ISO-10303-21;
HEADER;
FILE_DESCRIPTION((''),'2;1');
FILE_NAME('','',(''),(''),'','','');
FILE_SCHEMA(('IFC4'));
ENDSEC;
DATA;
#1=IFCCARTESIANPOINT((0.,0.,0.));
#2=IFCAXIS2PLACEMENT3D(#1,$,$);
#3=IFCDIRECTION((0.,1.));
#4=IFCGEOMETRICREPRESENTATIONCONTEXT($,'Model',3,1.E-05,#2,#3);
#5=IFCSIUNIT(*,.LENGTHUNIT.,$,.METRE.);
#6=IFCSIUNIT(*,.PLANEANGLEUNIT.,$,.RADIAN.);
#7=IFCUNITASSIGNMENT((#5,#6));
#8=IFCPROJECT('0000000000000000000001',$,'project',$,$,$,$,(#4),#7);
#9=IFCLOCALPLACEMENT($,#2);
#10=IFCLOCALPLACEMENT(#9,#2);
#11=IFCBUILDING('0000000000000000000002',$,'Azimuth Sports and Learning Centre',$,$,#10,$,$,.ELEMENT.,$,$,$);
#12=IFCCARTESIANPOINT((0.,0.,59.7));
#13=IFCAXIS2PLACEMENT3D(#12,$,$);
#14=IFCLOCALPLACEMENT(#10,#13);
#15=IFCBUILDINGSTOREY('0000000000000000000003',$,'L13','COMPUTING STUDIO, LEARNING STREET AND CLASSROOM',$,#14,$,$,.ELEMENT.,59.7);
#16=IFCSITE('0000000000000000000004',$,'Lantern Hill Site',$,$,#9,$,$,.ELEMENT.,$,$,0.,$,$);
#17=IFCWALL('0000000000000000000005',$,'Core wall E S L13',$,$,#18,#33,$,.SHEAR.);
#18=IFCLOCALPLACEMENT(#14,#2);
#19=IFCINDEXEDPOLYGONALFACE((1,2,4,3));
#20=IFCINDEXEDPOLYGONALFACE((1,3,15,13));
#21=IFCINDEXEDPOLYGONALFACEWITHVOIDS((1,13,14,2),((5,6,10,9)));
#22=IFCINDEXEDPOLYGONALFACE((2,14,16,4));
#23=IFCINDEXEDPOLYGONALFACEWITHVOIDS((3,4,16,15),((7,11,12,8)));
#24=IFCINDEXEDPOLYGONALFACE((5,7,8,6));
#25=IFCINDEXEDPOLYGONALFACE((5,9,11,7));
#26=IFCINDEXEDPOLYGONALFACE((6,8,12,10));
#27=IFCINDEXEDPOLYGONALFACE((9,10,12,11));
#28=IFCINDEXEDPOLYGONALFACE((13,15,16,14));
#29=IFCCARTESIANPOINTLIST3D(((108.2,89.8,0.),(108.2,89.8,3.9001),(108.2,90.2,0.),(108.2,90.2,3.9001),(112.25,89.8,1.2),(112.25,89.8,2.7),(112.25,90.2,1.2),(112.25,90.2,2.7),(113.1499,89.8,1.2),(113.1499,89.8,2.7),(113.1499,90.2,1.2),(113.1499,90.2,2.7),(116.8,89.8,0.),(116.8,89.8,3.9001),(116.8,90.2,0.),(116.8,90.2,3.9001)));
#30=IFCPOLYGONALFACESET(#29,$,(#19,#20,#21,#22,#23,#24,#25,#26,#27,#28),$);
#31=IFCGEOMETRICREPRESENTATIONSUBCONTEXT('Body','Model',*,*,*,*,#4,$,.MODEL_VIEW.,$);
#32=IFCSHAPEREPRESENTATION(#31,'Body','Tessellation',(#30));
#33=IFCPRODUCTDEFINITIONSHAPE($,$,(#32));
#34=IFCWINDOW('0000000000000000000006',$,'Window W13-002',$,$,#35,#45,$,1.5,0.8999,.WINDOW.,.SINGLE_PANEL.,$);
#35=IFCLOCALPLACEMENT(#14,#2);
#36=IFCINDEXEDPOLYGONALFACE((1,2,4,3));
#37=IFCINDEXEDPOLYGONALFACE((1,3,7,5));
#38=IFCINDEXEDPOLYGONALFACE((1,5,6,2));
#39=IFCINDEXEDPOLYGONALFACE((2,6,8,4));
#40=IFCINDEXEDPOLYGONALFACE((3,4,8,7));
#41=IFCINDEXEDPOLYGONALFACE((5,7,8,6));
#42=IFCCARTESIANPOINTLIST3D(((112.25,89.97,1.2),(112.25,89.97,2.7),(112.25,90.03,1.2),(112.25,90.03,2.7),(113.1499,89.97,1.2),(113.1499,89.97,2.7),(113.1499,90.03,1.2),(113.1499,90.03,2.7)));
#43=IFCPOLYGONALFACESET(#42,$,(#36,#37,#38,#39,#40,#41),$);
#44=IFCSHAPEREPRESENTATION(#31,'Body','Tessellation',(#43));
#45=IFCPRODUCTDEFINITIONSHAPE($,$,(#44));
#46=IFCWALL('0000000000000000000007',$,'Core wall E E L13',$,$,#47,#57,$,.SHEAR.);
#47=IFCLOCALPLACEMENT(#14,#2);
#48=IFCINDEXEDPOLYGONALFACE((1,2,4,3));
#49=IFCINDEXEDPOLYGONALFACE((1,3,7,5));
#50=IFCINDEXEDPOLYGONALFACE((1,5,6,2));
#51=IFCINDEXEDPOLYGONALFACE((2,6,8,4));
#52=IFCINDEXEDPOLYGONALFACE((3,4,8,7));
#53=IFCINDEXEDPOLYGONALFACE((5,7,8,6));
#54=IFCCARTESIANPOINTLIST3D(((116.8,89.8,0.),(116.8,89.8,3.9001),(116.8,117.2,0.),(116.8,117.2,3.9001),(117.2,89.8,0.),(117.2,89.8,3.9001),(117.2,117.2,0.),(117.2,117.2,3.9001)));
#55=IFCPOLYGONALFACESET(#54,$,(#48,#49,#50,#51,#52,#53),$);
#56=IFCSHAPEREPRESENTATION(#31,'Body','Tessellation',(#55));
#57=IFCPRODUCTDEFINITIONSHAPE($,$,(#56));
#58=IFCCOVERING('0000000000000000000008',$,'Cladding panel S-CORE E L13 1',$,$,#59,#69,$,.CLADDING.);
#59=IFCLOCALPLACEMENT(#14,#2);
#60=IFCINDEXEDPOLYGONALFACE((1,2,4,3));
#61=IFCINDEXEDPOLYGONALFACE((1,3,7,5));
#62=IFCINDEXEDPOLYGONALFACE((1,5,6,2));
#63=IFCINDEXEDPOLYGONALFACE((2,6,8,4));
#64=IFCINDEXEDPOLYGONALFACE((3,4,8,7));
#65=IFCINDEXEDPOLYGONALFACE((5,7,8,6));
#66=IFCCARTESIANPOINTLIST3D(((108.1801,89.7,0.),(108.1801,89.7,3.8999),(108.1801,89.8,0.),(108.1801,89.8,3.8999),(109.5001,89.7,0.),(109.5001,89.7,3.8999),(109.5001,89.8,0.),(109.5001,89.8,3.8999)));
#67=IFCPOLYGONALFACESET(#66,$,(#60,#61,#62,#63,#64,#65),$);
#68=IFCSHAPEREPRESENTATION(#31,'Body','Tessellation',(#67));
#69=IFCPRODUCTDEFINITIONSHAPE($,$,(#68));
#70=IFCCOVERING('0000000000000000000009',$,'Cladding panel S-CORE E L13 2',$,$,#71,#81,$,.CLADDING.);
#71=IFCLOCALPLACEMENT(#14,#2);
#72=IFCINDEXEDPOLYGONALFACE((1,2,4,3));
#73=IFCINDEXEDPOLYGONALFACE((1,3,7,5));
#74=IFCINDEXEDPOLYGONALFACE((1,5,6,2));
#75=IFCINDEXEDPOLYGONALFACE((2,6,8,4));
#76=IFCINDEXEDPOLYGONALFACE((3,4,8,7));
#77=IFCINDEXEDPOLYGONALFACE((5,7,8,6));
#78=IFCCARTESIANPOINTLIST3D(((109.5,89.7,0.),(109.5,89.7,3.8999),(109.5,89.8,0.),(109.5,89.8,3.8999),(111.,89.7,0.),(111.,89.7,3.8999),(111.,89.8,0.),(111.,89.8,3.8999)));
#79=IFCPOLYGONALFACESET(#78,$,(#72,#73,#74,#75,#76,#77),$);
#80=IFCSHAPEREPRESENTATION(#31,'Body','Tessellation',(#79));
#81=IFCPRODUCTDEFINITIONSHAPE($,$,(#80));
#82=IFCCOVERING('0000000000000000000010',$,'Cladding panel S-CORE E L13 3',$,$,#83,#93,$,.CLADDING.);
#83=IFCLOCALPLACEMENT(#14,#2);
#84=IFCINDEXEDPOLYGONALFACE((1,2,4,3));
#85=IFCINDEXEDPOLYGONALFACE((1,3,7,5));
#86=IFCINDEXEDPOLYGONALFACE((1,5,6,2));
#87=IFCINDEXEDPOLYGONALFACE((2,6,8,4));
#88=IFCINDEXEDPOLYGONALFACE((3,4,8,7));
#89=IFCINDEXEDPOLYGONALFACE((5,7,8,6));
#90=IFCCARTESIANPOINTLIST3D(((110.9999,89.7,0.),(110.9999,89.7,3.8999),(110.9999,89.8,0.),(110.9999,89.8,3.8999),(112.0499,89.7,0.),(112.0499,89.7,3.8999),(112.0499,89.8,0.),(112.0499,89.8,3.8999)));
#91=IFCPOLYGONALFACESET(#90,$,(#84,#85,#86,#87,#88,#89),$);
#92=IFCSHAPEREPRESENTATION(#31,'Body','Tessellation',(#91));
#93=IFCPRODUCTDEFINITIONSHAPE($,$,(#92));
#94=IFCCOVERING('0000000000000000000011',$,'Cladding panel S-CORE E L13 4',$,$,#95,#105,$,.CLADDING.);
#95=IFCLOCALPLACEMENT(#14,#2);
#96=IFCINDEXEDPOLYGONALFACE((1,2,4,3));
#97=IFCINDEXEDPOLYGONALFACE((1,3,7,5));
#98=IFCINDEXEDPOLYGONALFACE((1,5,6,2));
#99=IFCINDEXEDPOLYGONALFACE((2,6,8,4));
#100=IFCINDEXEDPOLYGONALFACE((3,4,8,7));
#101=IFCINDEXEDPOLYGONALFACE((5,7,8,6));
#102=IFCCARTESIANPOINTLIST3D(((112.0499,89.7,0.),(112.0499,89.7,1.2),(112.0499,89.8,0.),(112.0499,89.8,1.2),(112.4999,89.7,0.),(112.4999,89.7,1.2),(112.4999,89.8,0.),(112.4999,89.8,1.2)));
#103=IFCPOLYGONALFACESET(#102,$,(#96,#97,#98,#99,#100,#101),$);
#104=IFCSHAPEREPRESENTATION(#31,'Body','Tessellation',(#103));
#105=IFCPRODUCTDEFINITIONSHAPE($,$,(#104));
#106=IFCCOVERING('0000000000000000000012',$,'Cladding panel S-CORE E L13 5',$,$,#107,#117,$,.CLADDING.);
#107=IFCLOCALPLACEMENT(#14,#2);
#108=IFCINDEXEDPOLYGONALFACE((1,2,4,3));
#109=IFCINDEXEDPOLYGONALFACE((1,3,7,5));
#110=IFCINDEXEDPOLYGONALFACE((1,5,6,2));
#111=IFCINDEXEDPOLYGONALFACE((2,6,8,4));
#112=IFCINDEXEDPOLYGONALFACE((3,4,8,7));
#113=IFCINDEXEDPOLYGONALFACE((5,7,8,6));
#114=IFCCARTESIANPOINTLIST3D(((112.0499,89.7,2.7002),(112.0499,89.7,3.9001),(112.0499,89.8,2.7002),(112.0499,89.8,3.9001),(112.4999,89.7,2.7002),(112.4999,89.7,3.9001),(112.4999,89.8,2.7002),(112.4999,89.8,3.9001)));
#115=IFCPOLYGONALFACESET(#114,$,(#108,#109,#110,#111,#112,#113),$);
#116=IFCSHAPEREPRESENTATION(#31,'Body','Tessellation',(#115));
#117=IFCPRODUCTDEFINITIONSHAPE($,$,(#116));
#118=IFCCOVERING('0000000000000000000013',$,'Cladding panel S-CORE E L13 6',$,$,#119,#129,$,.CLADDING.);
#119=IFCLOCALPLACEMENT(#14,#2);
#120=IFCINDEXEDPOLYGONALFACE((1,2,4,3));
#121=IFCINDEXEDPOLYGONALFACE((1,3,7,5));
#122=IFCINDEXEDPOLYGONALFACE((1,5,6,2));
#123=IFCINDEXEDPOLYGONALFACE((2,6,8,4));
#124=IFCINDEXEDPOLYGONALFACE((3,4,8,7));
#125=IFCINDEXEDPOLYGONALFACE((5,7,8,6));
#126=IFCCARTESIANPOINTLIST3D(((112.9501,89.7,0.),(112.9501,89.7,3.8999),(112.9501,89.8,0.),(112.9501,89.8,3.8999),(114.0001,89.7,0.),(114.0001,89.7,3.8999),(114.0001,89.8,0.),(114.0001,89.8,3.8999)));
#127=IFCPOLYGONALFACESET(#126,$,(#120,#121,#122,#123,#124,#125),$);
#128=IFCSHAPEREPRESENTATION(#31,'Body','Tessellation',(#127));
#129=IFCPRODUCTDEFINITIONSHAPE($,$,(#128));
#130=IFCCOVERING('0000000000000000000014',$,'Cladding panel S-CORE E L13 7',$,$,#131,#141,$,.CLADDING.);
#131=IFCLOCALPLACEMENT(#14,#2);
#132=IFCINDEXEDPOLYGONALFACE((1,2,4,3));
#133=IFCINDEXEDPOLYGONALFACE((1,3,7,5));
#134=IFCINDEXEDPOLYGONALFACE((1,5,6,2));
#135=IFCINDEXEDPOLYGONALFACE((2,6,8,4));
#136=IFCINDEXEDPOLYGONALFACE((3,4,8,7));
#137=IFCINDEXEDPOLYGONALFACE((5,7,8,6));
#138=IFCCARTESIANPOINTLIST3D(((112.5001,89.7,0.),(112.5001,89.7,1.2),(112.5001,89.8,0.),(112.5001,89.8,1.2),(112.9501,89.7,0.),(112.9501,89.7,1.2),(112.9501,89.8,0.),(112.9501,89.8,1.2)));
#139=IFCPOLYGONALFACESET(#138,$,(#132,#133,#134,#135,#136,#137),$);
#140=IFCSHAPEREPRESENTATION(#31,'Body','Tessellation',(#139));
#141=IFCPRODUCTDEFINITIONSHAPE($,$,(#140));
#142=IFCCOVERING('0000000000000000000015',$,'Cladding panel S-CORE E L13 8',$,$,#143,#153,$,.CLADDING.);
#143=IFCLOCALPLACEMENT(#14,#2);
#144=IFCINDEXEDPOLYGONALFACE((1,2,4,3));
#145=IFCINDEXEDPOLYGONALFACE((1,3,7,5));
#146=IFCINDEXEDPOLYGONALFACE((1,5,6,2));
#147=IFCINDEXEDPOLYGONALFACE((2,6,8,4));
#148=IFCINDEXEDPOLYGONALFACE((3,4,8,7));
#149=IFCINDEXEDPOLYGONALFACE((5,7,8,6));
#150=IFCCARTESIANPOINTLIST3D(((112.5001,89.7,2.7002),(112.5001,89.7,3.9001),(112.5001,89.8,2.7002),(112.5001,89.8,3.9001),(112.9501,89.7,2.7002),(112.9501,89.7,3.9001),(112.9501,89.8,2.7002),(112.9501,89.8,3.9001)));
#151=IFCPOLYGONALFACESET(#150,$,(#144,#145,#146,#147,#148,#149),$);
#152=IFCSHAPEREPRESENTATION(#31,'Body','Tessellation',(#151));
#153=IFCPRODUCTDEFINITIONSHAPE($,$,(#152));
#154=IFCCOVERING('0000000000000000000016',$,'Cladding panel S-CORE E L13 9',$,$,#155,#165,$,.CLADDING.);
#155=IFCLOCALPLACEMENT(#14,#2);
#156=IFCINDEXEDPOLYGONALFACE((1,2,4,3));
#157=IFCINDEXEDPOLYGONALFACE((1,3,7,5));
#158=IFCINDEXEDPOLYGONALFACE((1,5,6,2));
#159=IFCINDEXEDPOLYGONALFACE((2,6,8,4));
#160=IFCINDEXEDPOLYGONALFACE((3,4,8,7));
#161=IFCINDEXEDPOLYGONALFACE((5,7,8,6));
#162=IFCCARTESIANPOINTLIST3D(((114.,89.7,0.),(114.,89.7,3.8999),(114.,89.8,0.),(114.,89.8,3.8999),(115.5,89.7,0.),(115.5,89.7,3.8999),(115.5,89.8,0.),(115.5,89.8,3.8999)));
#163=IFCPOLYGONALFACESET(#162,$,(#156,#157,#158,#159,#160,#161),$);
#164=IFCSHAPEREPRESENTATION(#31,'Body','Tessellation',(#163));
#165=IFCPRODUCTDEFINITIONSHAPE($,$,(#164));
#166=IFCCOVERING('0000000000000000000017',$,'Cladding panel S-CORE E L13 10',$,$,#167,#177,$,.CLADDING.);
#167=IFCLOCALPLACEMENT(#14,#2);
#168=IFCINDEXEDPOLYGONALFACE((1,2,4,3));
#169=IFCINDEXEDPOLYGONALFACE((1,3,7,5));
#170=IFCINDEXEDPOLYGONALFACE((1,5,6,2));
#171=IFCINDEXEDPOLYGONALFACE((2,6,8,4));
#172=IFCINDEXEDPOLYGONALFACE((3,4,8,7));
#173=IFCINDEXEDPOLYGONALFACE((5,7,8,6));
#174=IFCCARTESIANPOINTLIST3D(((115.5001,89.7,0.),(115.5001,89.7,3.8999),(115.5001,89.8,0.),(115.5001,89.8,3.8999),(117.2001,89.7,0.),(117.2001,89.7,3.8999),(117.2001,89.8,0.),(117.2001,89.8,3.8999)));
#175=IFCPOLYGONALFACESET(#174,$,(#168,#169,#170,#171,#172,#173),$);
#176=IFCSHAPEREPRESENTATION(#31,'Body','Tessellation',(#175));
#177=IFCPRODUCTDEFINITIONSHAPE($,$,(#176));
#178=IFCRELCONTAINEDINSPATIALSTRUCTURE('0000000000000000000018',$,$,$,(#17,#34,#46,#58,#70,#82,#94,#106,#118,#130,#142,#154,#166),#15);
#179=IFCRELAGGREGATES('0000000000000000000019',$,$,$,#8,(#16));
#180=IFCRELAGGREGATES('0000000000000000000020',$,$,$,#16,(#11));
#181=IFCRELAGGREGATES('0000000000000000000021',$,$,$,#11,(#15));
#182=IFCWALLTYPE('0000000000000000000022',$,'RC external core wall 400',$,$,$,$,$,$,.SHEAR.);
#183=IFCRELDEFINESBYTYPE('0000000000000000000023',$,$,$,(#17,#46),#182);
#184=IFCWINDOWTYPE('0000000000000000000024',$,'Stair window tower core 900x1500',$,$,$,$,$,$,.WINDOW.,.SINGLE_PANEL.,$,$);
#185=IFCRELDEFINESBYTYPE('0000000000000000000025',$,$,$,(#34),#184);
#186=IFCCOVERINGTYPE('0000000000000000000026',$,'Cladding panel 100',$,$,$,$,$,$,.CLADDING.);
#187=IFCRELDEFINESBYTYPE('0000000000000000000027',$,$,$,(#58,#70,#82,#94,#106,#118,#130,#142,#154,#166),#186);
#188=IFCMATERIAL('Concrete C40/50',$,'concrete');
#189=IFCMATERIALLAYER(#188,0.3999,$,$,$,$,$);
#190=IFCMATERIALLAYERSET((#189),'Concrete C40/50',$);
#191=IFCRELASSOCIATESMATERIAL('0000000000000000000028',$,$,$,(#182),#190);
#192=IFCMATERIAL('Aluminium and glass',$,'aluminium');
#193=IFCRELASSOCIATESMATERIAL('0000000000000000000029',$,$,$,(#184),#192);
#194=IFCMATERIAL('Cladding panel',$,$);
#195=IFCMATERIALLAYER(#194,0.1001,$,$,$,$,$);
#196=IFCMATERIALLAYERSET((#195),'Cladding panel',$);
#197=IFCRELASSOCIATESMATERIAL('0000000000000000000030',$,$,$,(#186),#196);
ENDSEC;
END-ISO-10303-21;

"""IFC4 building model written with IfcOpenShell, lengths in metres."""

from ifc_helpers import new_model, si_unit, direction, frame, frame_2d, origin, origin_2d, place, context, subcontext, project, spatial, rectangle, extrude, material, layer, layer_set, type_object, element, fill, save


model = new_model("IFC4")

# Units and contexts
model_context = context("Model", 3, precision=1e-05, world=origin(), true_north=direction((0.0, 1.0)))
body_context = subcontext(model_context, "Body", "Model", "MODEL_VIEW")
ifc_project = project(units=[si_unit("LENGTHUNIT", "METRE"), si_unit("PLANEANGLEUNIT", "RADIAN")], contexts=[model_context])

# Site, building, storey
site_placement = place(None, origin())
site = spatial("IfcSite", under=ifc_project, at=site_placement, Name="Lantern Hill Site", CompositionType="ELEMENT", RefElevation=0.0)
building_placement = place(site_placement, origin())
building = spatial("IfcBuilding", under=site, at=building_placement, Name="Azimuth Sports and Learning Centre", CompositionType="ELEMENT")
storey_placement = place(building_placement, frame((0.0, 0.0, 59.7)))
storey = spatial("IfcBuildingStorey", under=building, at=storey_placement, Name="L13", Description="COMPUTING STUDIO, LEARNING STREET AND CLASSROOM", CompositionType="ELEMENT", Elevation=59.7)

# Wall, opening, window
ifc_material_1 = material(Name="Concrete C40/50", Category="concrete")
ifc_layer_1 = layer(ifc_material_1, 0.3999)
ifc_layer_set_1 = layer_set([ifc_layer_1], Name="Concrete C40/50")
wall_type = type_object("IfcWallType", Name="RC external core wall 400", PredefinedType="SHEAR", material=ifc_layer_set_1)
wall_1_placement = place(storey_placement, frame((108.2, 90.0, 0.0), z_axis=(0.0, 0.0, 1.0), x_axis=(1.0, 0.0, 0.0)))
wall_1 = element("IfcWall", 1, at=wall_1_placement, inside=storey, type_object=wall_type, Name="Core wall E S L13", PredefinedType="SHEAR", context=body_context, shape_type="SweptSolid", body=[
    extrude(rectangle(XDim=8.6001, YDim=0.3999, at=frame_2d((4.3, 0.0))), origin(), (0.0, 0.0, 1.0), 3.9001),
])
opening_placement = place(wall_1_placement, frame((4.05, 0.0, 1.2)))
opening = element("IfcOpeningElement", 2, at=opening_placement, cuts=wall_1, PredefinedType="OPENING", context=body_context, shape_type="SweptSolid", body=[
    extrude(rectangle(XDim=0.8999, YDim=1.5, at=frame_2d((0.45, 0.75))), frame((0.0, 0.2109, 0.0), z_axis=(0.0, -1.0, 0.0), x_axis=(1.0, 0.0, 0.0)), (0.0, 0.0, 1.0), 0.4219),
])
ifc_material_2 = material(Name="Aluminium and glass", Category="aluminium")
window_type = type_object("IfcWindowType", Name="Stair window tower core 900x1500", PartitioningType="SINGLE_PANEL", PredefinedType="WINDOW", material=ifc_material_2)
window_placement = place(opening_placement, origin())
window = element("IfcWindow", 3, at=window_placement, inside=storey, type_object=window_type, Name="Window W13-002", OverallHeight=1.5, OverallWidth=0.8999, PartitioningType="SINGLE_PANEL", PredefinedType="WINDOW", context=body_context, shape_type="SweptSolid", body=[
    extrude(rectangle(XDim=0.8999, YDim=1.5, at=frame_2d((0.45, 0.75))), frame((0.0, 0.03, 0.0), z_axis=(0.0, -1.0, 0.0), x_axis=(1.0, 0.0, 0.0)), (0.0, 0.0, 1.0), 0.0601),
])
fill(opening, window)

# Wall
wall_2_placement = place(storey_placement, frame((117.0, 89.8, 0.0), z_axis=(0.0, 0.0, 1.0), x_axis=(0.0, 1.0, 0.0)))
element("IfcWall", 4, at=wall_2_placement, inside=storey, type_object=wall_type, Name="Core wall E E L13", PredefinedType="SHEAR", context=body_context, shape_type="SweptSolid", body=[
    extrude(rectangle(XDim=27.3999, YDim=0.3999, at=frame_2d((13.7, 0.0))), origin(), (0.0, 0.0, 1.0), 3.9001),
])

# Coverings
ifc_material_3 = material(Name="Cladding panel")
ifc_layer_2 = layer(ifc_material_3, 0.1001)
ifc_layer_set_2 = layer_set([ifc_layer_2], Name="Cladding panel")
covering_type = type_object("IfcCoveringType", Name="Cladding panel 100", PredefinedType="CLADDING", material=ifc_layer_set_2)
covering_1_placement = place(storey_placement, frame((108.8401, 89.75, 0.0), z_axis=(0.0, 0.0, 1.0), x_axis=(1.0, 0.0, 0.0)))
element("IfcCovering", 5, at=covering_1_placement, inside=storey, type_object=covering_type, Name="Cladding panel S-CORE E L13 1", PredefinedType="CLADDING", context=body_context, shape_type="SweptSolid", body=[
    extrude(rectangle(XDim=1.3201, YDim=0.1001, at=origin_2d()), origin(), (0.0, 0.0, 1.0), 3.8999),
])
covering_2_placement = place(storey_placement, frame((110.25, 89.75, 0.0), z_axis=(0.0, 0.0, 1.0), x_axis=(1.0, 0.0, 0.0)))
element("IfcCovering", 6, at=covering_2_placement, inside=storey, type_object=covering_type, Name="Cladding panel S-CORE E L13 2", PredefinedType="CLADDING", context=body_context, shape_type="SweptSolid", body=[
    extrude(rectangle(XDim=1.5, YDim=0.1001, at=origin_2d()), origin(), (0.0, 0.0, 1.0), 3.8999),
])
covering_3_placement = place(storey_placement, frame((111.5249, 89.75, 0.0), z_axis=(0.0, 0.0, 1.0), x_axis=(1.0, 0.0, 0.0)))
element("IfcCovering", 7, at=covering_3_placement, inside=storey, type_object=covering_type, Name="Cladding panel S-CORE E L13 3", PredefinedType="CLADDING", context=body_context, shape_type="SweptSolid", body=[
    extrude(rectangle(XDim=1.05, YDim=0.1001, at=origin_2d()), origin(), (0.0, 0.0, 1.0), 3.8999),
])
for number, where, z_axis, x_axis, name in (
    (8, (112.2749, 89.75, 0.0), (0.0, 0.0, 1.0), (1.0, 0.0, 0.0), "Cladding panel S-CORE E L13 4"),
    (9, (112.2749, 89.75, 2.7002), (0.0, 0.0, 1.0), (1.0, 0.0, 0.0), "Cladding panel S-CORE E L13 5"),
):
    element("IfcCovering", number, at=place(storey_placement, frame(where, z_axis=z_axis, x_axis=x_axis)), inside=storey, type_object=covering_type, Name=name, PredefinedType="CLADDING", context=body_context, shape_type="SweptSolid", body=[
        extrude(rectangle(XDim=0.45, YDim=0.1001, at=origin_2d()), origin(), (0.0, 0.0, 1.0), 1.2),
    ])
covering_4_placement = place(storey_placement, frame((113.4751, 89.75, 0.0), z_axis=(0.0, 0.0, 1.0), x_axis=(1.0, 0.0, 0.0)))
element("IfcCovering", 10, at=covering_4_placement, inside=storey, type_object=covering_type, Name="Cladding panel S-CORE E L13 6", PredefinedType="CLADDING", context=body_context, shape_type="SweptSolid", body=[
    extrude(rectangle(XDim=1.05, YDim=0.1001, at=origin_2d()), origin(), (0.0, 0.0, 1.0), 3.8999),
])
for number, where, z_axis, x_axis, name in (
    (11, (112.7251, 89.75, 0.0), (0.0, 0.0, 1.0), (1.0, 0.0, 0.0), "Cladding panel S-CORE E L13 7"),
    (12, (112.7251, 89.75, 2.7002), (0.0, 0.0, 1.0), (1.0, 0.0, 0.0), "Cladding panel S-CORE E L13 8"),
):
    element("IfcCovering", number, at=place(storey_placement, frame(where, z_axis=z_axis, x_axis=x_axis)), inside=storey, type_object=covering_type, Name=name, PredefinedType="CLADDING", context=body_context, shape_type="SweptSolid", body=[
        extrude(rectangle(XDim=0.45, YDim=0.1001, at=origin_2d()), origin(), (0.0, 0.0, 1.0), 1.2),
    ])
covering_5_placement = place(storey_placement, frame((114.75, 89.75, 0.0), z_axis=(0.0, 0.0, 1.0), x_axis=(1.0, 0.0, 0.0)))
element("IfcCovering", 13, at=covering_5_placement, inside=storey, type_object=covering_type, Name="Cladding panel S-CORE E L13 9", PredefinedType="CLADDING", context=body_context, shape_type="SweptSolid", body=[
    extrude(rectangle(XDim=1.5, YDim=0.1001, at=origin_2d()), origin(), (0.0, 0.0, 1.0), 3.8999),
])
covering_6_placement = place(storey_placement, frame((116.3501, 89.75, 0.0), z_axis=(0.0, 0.0, 1.0), x_axis=(1.0, 0.0, 0.0)))
element("IfcCovering", 14, at=covering_6_placement, inside=storey, type_object=covering_type, Name="Cladding panel S-CORE E L13 10", PredefinedType="CLADDING", context=body_context, shape_type="SweptSolid", body=[
    extrude(rectangle(XDim=1.7, YDim=0.1001, at=origin_2d()), origin(), (0.0, 0.0, 1.0), 3.8999),
])

save(model, "model.ifc")
